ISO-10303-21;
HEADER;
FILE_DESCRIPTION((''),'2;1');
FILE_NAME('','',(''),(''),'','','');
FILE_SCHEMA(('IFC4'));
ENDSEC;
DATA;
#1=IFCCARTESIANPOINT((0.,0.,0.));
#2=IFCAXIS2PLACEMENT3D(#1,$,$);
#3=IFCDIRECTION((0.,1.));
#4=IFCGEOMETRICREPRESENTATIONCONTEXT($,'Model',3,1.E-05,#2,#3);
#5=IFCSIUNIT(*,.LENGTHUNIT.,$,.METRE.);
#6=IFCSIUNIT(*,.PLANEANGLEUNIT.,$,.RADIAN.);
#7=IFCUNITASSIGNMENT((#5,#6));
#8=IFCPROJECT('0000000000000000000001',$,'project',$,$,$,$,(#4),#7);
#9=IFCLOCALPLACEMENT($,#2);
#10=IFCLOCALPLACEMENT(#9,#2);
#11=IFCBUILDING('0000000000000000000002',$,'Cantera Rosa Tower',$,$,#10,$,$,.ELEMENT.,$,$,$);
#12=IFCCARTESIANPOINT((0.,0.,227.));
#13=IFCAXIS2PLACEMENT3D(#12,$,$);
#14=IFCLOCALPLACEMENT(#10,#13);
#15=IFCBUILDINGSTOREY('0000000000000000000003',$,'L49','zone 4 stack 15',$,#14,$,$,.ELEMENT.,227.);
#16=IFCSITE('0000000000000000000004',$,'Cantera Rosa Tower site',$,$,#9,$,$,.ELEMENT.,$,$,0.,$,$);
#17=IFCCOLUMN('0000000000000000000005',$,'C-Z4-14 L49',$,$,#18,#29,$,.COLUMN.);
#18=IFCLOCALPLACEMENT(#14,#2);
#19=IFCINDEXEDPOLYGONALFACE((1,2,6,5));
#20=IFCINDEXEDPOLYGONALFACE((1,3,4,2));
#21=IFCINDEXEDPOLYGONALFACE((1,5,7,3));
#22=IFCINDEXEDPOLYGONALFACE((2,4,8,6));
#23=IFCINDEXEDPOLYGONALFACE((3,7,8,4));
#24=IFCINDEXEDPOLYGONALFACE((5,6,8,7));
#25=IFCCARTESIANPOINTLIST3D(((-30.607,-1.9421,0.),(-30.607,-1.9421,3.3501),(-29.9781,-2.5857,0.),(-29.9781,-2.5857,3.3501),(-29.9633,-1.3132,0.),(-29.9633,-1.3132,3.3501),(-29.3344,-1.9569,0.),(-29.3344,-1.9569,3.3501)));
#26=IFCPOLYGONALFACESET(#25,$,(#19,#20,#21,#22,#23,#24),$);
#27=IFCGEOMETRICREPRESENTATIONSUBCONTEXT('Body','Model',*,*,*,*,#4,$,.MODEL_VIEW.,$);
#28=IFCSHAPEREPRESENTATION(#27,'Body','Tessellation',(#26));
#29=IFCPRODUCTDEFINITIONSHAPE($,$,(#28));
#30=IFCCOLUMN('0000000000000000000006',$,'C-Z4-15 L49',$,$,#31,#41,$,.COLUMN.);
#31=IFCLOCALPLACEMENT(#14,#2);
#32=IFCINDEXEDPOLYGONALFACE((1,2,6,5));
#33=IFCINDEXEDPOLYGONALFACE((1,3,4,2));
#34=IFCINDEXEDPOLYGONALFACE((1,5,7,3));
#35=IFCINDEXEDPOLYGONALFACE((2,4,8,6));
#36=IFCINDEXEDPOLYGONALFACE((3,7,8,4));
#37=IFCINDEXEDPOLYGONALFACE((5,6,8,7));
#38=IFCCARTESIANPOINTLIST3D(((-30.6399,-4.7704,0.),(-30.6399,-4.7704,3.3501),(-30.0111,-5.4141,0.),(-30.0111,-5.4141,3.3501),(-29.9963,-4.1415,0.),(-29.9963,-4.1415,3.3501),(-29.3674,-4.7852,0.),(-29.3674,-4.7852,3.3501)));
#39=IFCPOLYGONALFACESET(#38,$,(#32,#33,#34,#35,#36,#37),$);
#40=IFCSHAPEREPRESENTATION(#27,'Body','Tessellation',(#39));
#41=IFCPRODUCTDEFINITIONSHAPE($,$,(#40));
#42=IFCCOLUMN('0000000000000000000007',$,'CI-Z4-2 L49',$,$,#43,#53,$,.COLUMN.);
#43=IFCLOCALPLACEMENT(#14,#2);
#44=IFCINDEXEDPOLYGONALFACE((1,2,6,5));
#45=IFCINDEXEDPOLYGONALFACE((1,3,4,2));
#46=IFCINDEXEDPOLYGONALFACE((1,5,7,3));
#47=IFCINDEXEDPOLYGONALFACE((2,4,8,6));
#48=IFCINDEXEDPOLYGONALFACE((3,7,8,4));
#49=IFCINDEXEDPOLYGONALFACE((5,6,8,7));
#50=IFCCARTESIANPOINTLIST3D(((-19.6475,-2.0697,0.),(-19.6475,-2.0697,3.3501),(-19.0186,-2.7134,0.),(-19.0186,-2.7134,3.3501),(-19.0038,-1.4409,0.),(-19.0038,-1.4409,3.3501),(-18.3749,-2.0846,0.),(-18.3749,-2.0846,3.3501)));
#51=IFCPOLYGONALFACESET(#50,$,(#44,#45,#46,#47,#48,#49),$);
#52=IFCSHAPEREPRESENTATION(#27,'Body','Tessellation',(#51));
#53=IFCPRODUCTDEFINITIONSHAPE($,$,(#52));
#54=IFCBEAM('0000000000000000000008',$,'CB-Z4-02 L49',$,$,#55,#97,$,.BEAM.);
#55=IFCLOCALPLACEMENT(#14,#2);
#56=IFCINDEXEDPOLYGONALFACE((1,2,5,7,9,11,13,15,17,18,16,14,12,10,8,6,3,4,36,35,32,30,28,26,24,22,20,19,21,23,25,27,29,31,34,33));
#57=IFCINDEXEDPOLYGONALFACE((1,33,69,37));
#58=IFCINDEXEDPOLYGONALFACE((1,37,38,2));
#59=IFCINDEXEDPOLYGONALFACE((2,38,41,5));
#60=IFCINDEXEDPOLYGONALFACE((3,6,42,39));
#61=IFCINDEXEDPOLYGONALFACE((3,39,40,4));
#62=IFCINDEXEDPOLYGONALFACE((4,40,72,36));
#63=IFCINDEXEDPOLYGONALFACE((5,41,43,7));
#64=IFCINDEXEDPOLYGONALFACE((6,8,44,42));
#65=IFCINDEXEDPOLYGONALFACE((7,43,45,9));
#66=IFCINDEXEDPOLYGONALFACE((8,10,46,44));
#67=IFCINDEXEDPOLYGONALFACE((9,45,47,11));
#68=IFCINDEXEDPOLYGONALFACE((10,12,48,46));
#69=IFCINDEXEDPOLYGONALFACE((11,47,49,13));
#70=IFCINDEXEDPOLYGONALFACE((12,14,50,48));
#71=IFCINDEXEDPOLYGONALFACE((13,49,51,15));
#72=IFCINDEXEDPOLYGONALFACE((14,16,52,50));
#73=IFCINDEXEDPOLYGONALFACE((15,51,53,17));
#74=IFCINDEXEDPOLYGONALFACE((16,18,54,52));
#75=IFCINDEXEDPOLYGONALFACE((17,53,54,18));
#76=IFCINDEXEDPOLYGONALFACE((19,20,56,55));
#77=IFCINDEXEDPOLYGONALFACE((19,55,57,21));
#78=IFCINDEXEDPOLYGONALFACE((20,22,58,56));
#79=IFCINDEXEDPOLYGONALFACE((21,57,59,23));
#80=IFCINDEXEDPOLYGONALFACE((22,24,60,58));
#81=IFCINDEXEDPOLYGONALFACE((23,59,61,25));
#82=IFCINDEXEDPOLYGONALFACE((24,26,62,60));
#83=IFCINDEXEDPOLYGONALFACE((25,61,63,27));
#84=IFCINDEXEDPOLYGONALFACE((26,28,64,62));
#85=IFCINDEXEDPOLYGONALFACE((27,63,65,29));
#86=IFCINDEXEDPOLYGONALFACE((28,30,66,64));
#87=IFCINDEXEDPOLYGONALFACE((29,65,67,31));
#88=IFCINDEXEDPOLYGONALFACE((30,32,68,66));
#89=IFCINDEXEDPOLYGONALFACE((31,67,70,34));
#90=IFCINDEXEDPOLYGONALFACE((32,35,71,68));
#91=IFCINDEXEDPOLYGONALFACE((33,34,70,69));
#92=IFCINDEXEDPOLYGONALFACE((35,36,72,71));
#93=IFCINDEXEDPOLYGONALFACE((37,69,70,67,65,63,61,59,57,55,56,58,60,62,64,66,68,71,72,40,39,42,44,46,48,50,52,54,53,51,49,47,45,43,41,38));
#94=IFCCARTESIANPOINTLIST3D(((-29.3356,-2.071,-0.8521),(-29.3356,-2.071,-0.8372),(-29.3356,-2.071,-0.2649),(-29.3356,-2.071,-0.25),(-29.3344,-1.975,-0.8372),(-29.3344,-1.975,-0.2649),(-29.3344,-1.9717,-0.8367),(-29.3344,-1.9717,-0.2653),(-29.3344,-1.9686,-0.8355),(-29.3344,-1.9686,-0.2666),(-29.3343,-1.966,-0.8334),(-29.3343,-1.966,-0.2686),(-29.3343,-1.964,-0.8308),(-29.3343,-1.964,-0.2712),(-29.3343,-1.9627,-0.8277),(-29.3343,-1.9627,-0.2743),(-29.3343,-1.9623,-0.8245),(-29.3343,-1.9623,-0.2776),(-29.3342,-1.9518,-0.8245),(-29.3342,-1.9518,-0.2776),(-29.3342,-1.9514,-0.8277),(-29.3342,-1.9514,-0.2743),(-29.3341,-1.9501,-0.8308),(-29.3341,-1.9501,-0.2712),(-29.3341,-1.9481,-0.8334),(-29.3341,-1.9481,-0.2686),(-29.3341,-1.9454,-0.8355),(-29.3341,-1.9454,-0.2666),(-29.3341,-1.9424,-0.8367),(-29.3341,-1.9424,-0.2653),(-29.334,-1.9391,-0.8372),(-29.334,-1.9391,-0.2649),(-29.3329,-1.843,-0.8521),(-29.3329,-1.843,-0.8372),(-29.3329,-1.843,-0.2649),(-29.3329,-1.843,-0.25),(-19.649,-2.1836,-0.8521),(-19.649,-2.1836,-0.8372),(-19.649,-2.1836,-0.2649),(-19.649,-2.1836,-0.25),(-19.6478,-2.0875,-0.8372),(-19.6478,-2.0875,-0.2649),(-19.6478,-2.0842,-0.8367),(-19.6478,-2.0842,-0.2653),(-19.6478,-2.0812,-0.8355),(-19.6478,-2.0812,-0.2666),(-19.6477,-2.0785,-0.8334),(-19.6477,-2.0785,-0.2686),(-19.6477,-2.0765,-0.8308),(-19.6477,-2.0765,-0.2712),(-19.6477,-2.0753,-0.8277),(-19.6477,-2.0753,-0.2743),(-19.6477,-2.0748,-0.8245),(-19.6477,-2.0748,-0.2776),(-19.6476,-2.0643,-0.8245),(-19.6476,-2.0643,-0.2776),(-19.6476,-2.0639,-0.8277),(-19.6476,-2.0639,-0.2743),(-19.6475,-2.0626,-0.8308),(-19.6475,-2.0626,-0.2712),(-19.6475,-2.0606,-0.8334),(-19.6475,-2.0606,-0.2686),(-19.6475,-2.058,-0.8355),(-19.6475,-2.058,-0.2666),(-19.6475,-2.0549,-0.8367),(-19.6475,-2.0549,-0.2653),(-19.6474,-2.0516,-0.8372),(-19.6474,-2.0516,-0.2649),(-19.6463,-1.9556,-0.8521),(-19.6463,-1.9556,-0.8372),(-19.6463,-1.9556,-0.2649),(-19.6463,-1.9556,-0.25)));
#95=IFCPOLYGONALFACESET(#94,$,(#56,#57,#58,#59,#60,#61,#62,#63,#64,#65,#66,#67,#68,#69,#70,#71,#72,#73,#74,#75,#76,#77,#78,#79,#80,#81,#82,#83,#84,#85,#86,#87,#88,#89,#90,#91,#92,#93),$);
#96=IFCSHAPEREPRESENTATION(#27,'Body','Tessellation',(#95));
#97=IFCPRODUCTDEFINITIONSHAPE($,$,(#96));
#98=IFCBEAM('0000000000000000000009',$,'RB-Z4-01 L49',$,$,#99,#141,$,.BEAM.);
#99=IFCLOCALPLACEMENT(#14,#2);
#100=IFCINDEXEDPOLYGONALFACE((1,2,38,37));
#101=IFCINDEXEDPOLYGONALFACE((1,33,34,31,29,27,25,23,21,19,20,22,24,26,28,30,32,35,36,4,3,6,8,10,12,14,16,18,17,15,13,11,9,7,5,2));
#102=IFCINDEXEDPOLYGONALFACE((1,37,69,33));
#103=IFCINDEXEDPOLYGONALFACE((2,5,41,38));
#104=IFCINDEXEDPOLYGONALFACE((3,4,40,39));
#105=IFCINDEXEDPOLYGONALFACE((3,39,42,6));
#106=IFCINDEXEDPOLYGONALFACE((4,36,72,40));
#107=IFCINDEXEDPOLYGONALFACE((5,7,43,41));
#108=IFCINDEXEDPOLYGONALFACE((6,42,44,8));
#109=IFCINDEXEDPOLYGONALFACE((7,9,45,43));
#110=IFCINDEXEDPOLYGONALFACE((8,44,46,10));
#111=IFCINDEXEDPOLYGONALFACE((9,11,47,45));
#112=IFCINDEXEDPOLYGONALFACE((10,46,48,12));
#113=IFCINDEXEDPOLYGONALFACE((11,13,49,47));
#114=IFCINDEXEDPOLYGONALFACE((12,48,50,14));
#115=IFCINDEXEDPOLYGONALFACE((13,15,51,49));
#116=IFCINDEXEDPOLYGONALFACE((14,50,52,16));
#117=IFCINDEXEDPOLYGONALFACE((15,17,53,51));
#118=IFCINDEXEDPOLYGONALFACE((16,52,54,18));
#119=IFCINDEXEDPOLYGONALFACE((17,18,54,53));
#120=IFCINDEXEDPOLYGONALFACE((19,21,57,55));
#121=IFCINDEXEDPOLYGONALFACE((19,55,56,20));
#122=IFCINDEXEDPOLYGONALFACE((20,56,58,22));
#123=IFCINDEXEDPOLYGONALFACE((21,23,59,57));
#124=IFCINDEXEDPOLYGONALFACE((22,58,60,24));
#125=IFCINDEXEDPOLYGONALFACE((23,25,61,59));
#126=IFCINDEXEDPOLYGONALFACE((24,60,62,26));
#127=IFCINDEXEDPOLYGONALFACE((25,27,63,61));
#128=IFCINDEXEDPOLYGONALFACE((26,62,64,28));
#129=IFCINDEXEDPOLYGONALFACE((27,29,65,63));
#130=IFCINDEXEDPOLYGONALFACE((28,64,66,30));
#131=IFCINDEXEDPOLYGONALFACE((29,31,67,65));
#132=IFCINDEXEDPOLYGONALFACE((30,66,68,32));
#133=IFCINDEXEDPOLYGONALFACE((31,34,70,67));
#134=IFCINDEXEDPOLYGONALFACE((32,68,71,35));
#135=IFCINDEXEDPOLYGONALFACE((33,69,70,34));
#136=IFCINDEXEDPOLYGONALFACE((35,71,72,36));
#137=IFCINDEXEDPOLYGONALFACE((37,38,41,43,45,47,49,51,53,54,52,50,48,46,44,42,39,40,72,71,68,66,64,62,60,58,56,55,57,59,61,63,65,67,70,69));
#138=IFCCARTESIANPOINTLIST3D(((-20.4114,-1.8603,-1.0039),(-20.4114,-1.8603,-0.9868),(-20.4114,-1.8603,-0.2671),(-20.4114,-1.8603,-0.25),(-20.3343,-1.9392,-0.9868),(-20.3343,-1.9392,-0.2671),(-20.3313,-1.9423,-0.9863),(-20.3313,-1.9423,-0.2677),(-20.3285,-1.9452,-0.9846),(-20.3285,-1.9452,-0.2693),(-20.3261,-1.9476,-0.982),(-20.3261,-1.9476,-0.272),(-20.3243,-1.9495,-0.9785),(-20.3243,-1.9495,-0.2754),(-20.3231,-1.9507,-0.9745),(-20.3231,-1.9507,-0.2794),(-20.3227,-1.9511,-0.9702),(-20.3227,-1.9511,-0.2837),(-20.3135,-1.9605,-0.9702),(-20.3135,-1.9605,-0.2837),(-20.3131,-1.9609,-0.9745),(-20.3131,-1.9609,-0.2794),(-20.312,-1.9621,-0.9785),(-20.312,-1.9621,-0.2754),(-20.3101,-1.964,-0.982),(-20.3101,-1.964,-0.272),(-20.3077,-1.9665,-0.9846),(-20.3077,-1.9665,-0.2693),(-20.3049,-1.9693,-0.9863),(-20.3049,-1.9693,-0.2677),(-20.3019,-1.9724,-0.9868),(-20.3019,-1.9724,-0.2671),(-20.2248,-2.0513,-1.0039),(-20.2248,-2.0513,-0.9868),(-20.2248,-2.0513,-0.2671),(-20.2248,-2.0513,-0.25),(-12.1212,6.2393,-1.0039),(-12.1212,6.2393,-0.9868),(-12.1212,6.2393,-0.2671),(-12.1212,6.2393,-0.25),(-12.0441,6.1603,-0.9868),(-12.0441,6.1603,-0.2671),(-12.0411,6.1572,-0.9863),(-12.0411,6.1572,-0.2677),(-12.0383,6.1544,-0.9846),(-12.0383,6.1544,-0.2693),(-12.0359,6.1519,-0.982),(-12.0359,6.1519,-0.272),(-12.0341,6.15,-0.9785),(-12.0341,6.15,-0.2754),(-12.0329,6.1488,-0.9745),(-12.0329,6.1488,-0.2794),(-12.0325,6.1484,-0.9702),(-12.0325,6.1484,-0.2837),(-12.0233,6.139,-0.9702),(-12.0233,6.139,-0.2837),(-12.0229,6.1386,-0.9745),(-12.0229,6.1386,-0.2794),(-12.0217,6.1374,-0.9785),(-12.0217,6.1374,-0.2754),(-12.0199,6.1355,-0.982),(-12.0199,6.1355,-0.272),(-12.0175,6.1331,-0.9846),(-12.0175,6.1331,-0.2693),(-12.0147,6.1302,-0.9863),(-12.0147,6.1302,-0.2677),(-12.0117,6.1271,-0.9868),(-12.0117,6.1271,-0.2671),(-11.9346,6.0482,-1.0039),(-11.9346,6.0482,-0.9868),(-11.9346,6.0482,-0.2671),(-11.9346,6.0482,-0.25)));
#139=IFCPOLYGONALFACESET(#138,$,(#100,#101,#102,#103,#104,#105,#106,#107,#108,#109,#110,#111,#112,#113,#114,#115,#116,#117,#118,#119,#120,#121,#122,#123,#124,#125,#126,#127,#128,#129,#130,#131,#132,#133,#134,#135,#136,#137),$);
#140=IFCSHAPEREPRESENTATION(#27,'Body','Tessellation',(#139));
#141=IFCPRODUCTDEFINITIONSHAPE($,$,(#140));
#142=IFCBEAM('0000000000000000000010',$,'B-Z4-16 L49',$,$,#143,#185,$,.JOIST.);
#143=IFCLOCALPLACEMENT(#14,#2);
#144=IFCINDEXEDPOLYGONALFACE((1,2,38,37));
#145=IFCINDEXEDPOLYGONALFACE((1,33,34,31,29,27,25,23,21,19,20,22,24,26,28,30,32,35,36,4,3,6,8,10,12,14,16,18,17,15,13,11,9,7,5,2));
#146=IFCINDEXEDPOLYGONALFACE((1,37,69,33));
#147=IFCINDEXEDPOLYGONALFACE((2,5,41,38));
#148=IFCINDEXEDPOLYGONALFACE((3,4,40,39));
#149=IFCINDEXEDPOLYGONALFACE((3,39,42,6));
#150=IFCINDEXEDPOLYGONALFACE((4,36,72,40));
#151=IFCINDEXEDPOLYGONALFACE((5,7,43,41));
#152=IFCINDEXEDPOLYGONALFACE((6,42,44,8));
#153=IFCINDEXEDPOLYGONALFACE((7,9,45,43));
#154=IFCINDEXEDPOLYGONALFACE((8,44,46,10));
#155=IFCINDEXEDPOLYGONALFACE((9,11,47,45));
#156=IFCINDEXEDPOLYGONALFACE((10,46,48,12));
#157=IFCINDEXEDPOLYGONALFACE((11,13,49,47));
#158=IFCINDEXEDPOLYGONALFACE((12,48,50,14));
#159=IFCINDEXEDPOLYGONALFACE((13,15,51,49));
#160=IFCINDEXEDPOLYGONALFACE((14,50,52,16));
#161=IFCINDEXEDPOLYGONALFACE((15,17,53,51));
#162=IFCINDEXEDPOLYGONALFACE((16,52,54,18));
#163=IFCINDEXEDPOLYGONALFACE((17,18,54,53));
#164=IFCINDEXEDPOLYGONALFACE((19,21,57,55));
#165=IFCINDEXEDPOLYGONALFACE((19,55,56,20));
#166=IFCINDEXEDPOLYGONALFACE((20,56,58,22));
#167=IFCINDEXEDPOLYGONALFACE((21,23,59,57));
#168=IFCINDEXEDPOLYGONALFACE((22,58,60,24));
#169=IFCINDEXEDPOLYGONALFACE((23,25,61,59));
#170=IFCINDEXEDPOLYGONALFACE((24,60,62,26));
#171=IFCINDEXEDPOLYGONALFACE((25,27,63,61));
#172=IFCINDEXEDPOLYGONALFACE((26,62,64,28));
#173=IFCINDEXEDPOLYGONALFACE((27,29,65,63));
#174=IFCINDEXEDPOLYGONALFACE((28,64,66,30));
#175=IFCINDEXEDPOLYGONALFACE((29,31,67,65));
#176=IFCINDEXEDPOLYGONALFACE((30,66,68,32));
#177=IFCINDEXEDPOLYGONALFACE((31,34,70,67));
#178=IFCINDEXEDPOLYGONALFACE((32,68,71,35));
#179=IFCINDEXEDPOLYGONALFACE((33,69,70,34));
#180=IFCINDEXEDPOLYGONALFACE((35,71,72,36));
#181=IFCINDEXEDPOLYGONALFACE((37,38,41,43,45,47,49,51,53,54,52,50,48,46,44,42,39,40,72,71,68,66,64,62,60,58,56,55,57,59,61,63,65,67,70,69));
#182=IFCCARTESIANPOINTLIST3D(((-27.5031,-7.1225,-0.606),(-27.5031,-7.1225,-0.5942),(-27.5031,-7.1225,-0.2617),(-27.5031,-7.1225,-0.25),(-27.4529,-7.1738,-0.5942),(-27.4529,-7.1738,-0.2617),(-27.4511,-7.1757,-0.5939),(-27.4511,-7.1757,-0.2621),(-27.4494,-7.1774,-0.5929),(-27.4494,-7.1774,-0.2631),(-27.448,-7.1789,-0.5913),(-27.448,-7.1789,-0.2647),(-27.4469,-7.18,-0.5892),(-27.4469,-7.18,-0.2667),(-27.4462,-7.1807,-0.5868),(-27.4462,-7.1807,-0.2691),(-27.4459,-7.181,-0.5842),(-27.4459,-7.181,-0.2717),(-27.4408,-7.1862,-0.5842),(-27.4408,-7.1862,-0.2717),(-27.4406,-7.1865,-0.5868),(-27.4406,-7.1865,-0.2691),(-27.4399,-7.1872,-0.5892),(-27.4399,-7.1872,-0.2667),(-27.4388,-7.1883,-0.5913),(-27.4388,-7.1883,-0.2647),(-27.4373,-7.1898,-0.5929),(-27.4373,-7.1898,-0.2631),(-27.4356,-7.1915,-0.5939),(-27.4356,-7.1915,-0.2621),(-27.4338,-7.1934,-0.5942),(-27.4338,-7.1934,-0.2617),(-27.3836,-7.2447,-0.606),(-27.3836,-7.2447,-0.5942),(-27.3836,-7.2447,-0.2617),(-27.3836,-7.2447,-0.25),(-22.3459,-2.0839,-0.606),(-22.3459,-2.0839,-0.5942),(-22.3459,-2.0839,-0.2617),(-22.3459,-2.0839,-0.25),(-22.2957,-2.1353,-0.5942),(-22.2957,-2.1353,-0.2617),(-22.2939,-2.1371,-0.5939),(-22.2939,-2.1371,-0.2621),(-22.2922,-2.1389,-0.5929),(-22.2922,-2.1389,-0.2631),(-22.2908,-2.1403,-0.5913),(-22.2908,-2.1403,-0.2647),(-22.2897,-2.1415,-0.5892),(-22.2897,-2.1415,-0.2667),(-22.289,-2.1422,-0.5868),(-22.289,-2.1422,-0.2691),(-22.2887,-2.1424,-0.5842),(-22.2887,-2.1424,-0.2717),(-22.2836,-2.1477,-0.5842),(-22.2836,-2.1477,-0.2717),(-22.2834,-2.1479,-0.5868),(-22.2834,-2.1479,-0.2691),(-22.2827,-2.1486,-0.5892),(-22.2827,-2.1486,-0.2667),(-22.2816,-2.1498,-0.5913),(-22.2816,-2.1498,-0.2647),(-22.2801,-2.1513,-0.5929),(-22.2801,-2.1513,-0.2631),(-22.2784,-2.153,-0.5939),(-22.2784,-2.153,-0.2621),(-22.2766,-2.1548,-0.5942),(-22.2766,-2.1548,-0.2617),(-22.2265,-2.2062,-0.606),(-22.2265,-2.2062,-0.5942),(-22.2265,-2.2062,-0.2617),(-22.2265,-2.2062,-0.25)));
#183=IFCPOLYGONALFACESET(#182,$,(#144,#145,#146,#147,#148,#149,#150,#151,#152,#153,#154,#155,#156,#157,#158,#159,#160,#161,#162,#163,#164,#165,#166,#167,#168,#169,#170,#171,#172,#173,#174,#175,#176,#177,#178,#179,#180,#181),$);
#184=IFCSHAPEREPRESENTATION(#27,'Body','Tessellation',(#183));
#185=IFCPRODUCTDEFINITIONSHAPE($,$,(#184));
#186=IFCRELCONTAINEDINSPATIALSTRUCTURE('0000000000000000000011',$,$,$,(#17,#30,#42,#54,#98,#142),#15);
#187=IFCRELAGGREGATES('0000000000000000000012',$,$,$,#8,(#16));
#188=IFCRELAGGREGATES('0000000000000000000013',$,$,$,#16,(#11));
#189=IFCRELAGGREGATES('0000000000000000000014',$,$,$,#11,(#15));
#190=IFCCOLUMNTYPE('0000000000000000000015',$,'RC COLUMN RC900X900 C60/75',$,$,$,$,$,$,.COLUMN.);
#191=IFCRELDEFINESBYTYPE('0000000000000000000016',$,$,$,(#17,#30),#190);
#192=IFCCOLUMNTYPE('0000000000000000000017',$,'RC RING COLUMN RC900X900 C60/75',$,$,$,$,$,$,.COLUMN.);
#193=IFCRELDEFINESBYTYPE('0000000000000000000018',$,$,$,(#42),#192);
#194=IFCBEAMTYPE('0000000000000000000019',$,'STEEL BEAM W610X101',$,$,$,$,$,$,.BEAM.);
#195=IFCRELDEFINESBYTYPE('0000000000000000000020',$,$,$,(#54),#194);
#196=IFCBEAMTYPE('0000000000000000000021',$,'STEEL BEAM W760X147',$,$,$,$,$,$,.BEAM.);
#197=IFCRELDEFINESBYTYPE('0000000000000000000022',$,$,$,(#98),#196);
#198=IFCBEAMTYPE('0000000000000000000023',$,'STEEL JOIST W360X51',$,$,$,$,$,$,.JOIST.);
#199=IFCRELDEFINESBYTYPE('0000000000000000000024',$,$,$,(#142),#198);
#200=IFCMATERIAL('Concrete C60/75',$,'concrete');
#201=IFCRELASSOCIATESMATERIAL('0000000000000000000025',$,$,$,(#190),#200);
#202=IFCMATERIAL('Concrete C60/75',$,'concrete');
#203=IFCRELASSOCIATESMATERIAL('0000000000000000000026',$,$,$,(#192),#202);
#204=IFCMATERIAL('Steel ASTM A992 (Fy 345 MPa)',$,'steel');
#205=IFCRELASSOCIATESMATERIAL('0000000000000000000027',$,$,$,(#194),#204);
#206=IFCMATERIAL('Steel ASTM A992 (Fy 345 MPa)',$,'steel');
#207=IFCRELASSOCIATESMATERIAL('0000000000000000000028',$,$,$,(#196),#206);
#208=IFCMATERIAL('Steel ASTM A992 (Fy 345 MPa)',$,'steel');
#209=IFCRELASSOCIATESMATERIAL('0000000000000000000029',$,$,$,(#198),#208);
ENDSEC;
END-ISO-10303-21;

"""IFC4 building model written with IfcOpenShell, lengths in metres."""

from ifc_helpers import new_model, si_unit, direction, frame, origin, origin_2d, place, context, subcontext, project, spatial, rectangle, i_section, extrude, material, material_profile, profile_set, type_object, element, save


model = new_model("IFC4")

# Units and contexts
model_context = context("Model", 3, precision=1e-05, world=origin(), true_north=direction((0.0, 1.0)))
body_context = subcontext(model_context, "Body", "Model", "MODEL_VIEW")
ifc_project = project(units=[si_unit("LENGTHUNIT", "METRE"), si_unit("PLANEANGLEUNIT", "RADIAN")], contexts=[model_context])

# Site, building, storey
site_placement = place(None, origin())
site = spatial("IfcSite", under=ifc_project, at=site_placement, Name="Cantera Rosa Tower site", CompositionType="ELEMENT", RefElevation=0.0)
building_placement = place(site_placement, origin())
building = spatial("IfcBuilding", under=site, at=building_placement, Name="Cantera Rosa Tower", CompositionType="ELEMENT")
storey_placement = place(building_placement, frame((0.0, 0.0, 227.0)))
storey = spatial("IfcBuildingStorey", under=building, at=storey_placement, Name="L49", Description="zone 4 stack 15", CompositionType="ELEMENT", Elevation=227.0)

# Columns
ifc_material_1 = material(Name="Concrete C60/75", Category="concrete")
ifc_material_profile_1 = material_profile(ifc_material_1, rectangle(XDim=0.8999, YDim=0.8999, at=origin_2d()), Name="RC COLUMN RC900X900 C60/75")
ifc_profile_set_1 = profile_set([ifc_material_profile_1], Name="Concrete C60/75")
column_type_1 = type_object("IfcColumnType", Name="RC COLUMN RC900X900 C60/75", PredefinedType="COLUMN", material=ifc_profile_set_1)
for number, where, z_axis, x_axis, name in (
    (1, (-29.9707, -1.9495, 0.0), (0.0, 0.0, 1.0), (0.715286, 0.698832, 0.0), "C-Z4-14 L49"),
    (2, (-30.0037, -4.7778, 0.0), (0.0, 0.0, 1.0), (0.715286, 0.698832, 0.0), "C-Z4-15 L49"),
):
    element("IfcColumn", number, at=place(storey_placement, frame(where, z_axis=z_axis, x_axis=x_axis)), inside=storey, type_object=column_type_1, Name=name, PredefinedType="COLUMN", context=body_context, shape_type="SweptSolid", body=[
        extrude(rectangle(XDim=0.8999, YDim=0.8999, at=origin_2d()), origin(), (0.0, 0.0, 1.0), 3.3501),
    ])
ifc_material_2 = material(Name="Concrete C60/75", Category="concrete")
ifc_material_profile_2 = material_profile(ifc_material_2, rectangle(XDim=0.8999, YDim=0.8999, at=origin_2d()), Name="RC RING COLUMN RC900X900 C60/75")
ifc_profile_set_2 = profile_set([ifc_material_profile_2], Name="Concrete C60/75")
column_type_2 = type_object("IfcColumnType", Name="RC RING COLUMN RC900X900 C60/75", PredefinedType="COLUMN", material=ifc_profile_set_2)
column_placement = place(storey_placement, frame((-19.0112, -2.0771, 0.0), z_axis=(0.0, 0.0, 1.0), x_axis=(0.715286, 0.698832, 0.0)))
element("IfcColumn", 3, at=column_placement, inside=storey, type_object=column_type_2, Name="CI-Z4-2 L49", PredefinedType="COLUMN", context=body_context, shape_type="SweptSolid", body=[
    extrude(rectangle(XDim=0.8999, YDim=0.8999, at=origin_2d()), origin(), (0.0, 0.0, 1.0), 3.3501),
])

# Beams
ifc_material_3 = material(Name="Steel ASTM A992 (Fy 345 MPa)", Category="steel")
ifc_material_profile_3 = material_profile(ifc_material_3, i_section(OverallWidth=0.228, OverallDepth=0.6021, WebThickness=0.0105, FlangeThickness=0.0149, FilletRadius=0.0127, at=origin_2d()), Name="W610X101")
ifc_profile_set_3 = profile_set([ifc_material_profile_3], Name="Steel ASTM A992 (Fy 345 MPa)")
beam_type_1 = type_object("IfcBeamType", Name="STEEL BEAM W610X101", PredefinedType="BEAM", material=ifc_profile_set_3)
beam_1_placement = place(storey_placement, frame((-29.3342, -1.957, -0.551), z_axis=(0.999933, -0.011618, 0.0), x_axis=(0.011618, 0.999933, 0.0)))
element("IfcBeam", 4, at=beam_1_placement, inside=storey, type_object=beam_type_1, Name="CB-Z4-02 L49", PredefinedType="BEAM", context=body_context, shape_type="SweptSolid", body=[
    extrude(i_section(OverallWidth=0.228, OverallDepth=0.6021, WebThickness=0.0105, FlangeThickness=0.0149, FilletRadius=0.0127, at=origin_2d()), origin(), (0.0, 0.0, 1.0), 9.6873),
])
ifc_material_4 = material(Name="Steel ASTM A992 (Fy 345 MPa)", Category="steel")
ifc_material_profile_4 = material_profile(ifc_material_4, i_section(OverallWidth=0.2671, OverallDepth=0.7539, WebThickness=0.0132, FlangeThickness=0.0171, FilletRadius=0.0166, at=origin_2d()), Name="W760X147")
ifc_profile_set_4 = profile_set([ifc_material_profile_4], Name="Steel ASTM A992 (Fy 345 MPa)")
beam_type_2 = type_object("IfcBeamType", Name="STEEL BEAM W760X147", PredefinedType="BEAM", material=ifc_profile_set_4)
beam_2_placement = place(storey_placement, frame((-20.3181, -1.9558, -0.627), z_axis=(0.715285, 0.698833, 0.0), x_axis=(-0.698833, 0.715285, 0.0)))
element("IfcBeam", 5, at=beam_2_placement, inside=storey, type_object=beam_type_2, Name="RB-Z4-01 L49", PredefinedType="BEAM", context=body_context, shape_type="SweptSolid", body=[
    extrude(i_section(OverallWidth=0.2671, OverallDepth=0.7539, WebThickness=0.0132, FlangeThickness=0.0171, FilletRadius=0.0166, at=origin_2d()), origin(), (0.0, 0.0, 1.0), 11.5901),
])
ifc_material_5 = material(Name="Steel ASTM A992 (Fy 345 MPa)", Category="steel")
ifc_material_profile_5 = material_profile(ifc_material_5, i_section(OverallWidth=0.1709, OverallDepth=0.356, WebThickness=0.0073, FlangeThickness=0.0117, FilletRadius=0.01, at=origin_2d()), Name="W360X51")
ifc_profile_set_5 = profile_set([ifc_material_profile_5], Name="Steel ASTM A992 (Fy 345 MPa)")
beam_type_3 = type_object("IfcBeamType", Name="STEEL JOIST W360X51", PredefinedType="JOIST", material=ifc_profile_set_5)
beam_3_placement = place(storey_placement, frame((-27.4434, -7.1836, -0.428), z_axis=(0.715287, 0.698831, 0.0), x_axis=(-0.698831, 0.715287, 0.0)))
element("IfcBeam", 6, at=beam_3_placement, inside=storey, type_object=beam_type_3, Name="B-Z4-16 L49", PredefinedType="JOIST", context=body_context, shape_type="SweptSolid", body=[
    extrude(i_section(OverallWidth=0.1709, OverallDepth=0.356, WebThickness=0.0073, FlangeThickness=0.0117, FilletRadius=0.01, at=origin_2d()), origin(), (0.0, 0.0, 1.0), 7.21),
])

save(model, "model.ifc")
